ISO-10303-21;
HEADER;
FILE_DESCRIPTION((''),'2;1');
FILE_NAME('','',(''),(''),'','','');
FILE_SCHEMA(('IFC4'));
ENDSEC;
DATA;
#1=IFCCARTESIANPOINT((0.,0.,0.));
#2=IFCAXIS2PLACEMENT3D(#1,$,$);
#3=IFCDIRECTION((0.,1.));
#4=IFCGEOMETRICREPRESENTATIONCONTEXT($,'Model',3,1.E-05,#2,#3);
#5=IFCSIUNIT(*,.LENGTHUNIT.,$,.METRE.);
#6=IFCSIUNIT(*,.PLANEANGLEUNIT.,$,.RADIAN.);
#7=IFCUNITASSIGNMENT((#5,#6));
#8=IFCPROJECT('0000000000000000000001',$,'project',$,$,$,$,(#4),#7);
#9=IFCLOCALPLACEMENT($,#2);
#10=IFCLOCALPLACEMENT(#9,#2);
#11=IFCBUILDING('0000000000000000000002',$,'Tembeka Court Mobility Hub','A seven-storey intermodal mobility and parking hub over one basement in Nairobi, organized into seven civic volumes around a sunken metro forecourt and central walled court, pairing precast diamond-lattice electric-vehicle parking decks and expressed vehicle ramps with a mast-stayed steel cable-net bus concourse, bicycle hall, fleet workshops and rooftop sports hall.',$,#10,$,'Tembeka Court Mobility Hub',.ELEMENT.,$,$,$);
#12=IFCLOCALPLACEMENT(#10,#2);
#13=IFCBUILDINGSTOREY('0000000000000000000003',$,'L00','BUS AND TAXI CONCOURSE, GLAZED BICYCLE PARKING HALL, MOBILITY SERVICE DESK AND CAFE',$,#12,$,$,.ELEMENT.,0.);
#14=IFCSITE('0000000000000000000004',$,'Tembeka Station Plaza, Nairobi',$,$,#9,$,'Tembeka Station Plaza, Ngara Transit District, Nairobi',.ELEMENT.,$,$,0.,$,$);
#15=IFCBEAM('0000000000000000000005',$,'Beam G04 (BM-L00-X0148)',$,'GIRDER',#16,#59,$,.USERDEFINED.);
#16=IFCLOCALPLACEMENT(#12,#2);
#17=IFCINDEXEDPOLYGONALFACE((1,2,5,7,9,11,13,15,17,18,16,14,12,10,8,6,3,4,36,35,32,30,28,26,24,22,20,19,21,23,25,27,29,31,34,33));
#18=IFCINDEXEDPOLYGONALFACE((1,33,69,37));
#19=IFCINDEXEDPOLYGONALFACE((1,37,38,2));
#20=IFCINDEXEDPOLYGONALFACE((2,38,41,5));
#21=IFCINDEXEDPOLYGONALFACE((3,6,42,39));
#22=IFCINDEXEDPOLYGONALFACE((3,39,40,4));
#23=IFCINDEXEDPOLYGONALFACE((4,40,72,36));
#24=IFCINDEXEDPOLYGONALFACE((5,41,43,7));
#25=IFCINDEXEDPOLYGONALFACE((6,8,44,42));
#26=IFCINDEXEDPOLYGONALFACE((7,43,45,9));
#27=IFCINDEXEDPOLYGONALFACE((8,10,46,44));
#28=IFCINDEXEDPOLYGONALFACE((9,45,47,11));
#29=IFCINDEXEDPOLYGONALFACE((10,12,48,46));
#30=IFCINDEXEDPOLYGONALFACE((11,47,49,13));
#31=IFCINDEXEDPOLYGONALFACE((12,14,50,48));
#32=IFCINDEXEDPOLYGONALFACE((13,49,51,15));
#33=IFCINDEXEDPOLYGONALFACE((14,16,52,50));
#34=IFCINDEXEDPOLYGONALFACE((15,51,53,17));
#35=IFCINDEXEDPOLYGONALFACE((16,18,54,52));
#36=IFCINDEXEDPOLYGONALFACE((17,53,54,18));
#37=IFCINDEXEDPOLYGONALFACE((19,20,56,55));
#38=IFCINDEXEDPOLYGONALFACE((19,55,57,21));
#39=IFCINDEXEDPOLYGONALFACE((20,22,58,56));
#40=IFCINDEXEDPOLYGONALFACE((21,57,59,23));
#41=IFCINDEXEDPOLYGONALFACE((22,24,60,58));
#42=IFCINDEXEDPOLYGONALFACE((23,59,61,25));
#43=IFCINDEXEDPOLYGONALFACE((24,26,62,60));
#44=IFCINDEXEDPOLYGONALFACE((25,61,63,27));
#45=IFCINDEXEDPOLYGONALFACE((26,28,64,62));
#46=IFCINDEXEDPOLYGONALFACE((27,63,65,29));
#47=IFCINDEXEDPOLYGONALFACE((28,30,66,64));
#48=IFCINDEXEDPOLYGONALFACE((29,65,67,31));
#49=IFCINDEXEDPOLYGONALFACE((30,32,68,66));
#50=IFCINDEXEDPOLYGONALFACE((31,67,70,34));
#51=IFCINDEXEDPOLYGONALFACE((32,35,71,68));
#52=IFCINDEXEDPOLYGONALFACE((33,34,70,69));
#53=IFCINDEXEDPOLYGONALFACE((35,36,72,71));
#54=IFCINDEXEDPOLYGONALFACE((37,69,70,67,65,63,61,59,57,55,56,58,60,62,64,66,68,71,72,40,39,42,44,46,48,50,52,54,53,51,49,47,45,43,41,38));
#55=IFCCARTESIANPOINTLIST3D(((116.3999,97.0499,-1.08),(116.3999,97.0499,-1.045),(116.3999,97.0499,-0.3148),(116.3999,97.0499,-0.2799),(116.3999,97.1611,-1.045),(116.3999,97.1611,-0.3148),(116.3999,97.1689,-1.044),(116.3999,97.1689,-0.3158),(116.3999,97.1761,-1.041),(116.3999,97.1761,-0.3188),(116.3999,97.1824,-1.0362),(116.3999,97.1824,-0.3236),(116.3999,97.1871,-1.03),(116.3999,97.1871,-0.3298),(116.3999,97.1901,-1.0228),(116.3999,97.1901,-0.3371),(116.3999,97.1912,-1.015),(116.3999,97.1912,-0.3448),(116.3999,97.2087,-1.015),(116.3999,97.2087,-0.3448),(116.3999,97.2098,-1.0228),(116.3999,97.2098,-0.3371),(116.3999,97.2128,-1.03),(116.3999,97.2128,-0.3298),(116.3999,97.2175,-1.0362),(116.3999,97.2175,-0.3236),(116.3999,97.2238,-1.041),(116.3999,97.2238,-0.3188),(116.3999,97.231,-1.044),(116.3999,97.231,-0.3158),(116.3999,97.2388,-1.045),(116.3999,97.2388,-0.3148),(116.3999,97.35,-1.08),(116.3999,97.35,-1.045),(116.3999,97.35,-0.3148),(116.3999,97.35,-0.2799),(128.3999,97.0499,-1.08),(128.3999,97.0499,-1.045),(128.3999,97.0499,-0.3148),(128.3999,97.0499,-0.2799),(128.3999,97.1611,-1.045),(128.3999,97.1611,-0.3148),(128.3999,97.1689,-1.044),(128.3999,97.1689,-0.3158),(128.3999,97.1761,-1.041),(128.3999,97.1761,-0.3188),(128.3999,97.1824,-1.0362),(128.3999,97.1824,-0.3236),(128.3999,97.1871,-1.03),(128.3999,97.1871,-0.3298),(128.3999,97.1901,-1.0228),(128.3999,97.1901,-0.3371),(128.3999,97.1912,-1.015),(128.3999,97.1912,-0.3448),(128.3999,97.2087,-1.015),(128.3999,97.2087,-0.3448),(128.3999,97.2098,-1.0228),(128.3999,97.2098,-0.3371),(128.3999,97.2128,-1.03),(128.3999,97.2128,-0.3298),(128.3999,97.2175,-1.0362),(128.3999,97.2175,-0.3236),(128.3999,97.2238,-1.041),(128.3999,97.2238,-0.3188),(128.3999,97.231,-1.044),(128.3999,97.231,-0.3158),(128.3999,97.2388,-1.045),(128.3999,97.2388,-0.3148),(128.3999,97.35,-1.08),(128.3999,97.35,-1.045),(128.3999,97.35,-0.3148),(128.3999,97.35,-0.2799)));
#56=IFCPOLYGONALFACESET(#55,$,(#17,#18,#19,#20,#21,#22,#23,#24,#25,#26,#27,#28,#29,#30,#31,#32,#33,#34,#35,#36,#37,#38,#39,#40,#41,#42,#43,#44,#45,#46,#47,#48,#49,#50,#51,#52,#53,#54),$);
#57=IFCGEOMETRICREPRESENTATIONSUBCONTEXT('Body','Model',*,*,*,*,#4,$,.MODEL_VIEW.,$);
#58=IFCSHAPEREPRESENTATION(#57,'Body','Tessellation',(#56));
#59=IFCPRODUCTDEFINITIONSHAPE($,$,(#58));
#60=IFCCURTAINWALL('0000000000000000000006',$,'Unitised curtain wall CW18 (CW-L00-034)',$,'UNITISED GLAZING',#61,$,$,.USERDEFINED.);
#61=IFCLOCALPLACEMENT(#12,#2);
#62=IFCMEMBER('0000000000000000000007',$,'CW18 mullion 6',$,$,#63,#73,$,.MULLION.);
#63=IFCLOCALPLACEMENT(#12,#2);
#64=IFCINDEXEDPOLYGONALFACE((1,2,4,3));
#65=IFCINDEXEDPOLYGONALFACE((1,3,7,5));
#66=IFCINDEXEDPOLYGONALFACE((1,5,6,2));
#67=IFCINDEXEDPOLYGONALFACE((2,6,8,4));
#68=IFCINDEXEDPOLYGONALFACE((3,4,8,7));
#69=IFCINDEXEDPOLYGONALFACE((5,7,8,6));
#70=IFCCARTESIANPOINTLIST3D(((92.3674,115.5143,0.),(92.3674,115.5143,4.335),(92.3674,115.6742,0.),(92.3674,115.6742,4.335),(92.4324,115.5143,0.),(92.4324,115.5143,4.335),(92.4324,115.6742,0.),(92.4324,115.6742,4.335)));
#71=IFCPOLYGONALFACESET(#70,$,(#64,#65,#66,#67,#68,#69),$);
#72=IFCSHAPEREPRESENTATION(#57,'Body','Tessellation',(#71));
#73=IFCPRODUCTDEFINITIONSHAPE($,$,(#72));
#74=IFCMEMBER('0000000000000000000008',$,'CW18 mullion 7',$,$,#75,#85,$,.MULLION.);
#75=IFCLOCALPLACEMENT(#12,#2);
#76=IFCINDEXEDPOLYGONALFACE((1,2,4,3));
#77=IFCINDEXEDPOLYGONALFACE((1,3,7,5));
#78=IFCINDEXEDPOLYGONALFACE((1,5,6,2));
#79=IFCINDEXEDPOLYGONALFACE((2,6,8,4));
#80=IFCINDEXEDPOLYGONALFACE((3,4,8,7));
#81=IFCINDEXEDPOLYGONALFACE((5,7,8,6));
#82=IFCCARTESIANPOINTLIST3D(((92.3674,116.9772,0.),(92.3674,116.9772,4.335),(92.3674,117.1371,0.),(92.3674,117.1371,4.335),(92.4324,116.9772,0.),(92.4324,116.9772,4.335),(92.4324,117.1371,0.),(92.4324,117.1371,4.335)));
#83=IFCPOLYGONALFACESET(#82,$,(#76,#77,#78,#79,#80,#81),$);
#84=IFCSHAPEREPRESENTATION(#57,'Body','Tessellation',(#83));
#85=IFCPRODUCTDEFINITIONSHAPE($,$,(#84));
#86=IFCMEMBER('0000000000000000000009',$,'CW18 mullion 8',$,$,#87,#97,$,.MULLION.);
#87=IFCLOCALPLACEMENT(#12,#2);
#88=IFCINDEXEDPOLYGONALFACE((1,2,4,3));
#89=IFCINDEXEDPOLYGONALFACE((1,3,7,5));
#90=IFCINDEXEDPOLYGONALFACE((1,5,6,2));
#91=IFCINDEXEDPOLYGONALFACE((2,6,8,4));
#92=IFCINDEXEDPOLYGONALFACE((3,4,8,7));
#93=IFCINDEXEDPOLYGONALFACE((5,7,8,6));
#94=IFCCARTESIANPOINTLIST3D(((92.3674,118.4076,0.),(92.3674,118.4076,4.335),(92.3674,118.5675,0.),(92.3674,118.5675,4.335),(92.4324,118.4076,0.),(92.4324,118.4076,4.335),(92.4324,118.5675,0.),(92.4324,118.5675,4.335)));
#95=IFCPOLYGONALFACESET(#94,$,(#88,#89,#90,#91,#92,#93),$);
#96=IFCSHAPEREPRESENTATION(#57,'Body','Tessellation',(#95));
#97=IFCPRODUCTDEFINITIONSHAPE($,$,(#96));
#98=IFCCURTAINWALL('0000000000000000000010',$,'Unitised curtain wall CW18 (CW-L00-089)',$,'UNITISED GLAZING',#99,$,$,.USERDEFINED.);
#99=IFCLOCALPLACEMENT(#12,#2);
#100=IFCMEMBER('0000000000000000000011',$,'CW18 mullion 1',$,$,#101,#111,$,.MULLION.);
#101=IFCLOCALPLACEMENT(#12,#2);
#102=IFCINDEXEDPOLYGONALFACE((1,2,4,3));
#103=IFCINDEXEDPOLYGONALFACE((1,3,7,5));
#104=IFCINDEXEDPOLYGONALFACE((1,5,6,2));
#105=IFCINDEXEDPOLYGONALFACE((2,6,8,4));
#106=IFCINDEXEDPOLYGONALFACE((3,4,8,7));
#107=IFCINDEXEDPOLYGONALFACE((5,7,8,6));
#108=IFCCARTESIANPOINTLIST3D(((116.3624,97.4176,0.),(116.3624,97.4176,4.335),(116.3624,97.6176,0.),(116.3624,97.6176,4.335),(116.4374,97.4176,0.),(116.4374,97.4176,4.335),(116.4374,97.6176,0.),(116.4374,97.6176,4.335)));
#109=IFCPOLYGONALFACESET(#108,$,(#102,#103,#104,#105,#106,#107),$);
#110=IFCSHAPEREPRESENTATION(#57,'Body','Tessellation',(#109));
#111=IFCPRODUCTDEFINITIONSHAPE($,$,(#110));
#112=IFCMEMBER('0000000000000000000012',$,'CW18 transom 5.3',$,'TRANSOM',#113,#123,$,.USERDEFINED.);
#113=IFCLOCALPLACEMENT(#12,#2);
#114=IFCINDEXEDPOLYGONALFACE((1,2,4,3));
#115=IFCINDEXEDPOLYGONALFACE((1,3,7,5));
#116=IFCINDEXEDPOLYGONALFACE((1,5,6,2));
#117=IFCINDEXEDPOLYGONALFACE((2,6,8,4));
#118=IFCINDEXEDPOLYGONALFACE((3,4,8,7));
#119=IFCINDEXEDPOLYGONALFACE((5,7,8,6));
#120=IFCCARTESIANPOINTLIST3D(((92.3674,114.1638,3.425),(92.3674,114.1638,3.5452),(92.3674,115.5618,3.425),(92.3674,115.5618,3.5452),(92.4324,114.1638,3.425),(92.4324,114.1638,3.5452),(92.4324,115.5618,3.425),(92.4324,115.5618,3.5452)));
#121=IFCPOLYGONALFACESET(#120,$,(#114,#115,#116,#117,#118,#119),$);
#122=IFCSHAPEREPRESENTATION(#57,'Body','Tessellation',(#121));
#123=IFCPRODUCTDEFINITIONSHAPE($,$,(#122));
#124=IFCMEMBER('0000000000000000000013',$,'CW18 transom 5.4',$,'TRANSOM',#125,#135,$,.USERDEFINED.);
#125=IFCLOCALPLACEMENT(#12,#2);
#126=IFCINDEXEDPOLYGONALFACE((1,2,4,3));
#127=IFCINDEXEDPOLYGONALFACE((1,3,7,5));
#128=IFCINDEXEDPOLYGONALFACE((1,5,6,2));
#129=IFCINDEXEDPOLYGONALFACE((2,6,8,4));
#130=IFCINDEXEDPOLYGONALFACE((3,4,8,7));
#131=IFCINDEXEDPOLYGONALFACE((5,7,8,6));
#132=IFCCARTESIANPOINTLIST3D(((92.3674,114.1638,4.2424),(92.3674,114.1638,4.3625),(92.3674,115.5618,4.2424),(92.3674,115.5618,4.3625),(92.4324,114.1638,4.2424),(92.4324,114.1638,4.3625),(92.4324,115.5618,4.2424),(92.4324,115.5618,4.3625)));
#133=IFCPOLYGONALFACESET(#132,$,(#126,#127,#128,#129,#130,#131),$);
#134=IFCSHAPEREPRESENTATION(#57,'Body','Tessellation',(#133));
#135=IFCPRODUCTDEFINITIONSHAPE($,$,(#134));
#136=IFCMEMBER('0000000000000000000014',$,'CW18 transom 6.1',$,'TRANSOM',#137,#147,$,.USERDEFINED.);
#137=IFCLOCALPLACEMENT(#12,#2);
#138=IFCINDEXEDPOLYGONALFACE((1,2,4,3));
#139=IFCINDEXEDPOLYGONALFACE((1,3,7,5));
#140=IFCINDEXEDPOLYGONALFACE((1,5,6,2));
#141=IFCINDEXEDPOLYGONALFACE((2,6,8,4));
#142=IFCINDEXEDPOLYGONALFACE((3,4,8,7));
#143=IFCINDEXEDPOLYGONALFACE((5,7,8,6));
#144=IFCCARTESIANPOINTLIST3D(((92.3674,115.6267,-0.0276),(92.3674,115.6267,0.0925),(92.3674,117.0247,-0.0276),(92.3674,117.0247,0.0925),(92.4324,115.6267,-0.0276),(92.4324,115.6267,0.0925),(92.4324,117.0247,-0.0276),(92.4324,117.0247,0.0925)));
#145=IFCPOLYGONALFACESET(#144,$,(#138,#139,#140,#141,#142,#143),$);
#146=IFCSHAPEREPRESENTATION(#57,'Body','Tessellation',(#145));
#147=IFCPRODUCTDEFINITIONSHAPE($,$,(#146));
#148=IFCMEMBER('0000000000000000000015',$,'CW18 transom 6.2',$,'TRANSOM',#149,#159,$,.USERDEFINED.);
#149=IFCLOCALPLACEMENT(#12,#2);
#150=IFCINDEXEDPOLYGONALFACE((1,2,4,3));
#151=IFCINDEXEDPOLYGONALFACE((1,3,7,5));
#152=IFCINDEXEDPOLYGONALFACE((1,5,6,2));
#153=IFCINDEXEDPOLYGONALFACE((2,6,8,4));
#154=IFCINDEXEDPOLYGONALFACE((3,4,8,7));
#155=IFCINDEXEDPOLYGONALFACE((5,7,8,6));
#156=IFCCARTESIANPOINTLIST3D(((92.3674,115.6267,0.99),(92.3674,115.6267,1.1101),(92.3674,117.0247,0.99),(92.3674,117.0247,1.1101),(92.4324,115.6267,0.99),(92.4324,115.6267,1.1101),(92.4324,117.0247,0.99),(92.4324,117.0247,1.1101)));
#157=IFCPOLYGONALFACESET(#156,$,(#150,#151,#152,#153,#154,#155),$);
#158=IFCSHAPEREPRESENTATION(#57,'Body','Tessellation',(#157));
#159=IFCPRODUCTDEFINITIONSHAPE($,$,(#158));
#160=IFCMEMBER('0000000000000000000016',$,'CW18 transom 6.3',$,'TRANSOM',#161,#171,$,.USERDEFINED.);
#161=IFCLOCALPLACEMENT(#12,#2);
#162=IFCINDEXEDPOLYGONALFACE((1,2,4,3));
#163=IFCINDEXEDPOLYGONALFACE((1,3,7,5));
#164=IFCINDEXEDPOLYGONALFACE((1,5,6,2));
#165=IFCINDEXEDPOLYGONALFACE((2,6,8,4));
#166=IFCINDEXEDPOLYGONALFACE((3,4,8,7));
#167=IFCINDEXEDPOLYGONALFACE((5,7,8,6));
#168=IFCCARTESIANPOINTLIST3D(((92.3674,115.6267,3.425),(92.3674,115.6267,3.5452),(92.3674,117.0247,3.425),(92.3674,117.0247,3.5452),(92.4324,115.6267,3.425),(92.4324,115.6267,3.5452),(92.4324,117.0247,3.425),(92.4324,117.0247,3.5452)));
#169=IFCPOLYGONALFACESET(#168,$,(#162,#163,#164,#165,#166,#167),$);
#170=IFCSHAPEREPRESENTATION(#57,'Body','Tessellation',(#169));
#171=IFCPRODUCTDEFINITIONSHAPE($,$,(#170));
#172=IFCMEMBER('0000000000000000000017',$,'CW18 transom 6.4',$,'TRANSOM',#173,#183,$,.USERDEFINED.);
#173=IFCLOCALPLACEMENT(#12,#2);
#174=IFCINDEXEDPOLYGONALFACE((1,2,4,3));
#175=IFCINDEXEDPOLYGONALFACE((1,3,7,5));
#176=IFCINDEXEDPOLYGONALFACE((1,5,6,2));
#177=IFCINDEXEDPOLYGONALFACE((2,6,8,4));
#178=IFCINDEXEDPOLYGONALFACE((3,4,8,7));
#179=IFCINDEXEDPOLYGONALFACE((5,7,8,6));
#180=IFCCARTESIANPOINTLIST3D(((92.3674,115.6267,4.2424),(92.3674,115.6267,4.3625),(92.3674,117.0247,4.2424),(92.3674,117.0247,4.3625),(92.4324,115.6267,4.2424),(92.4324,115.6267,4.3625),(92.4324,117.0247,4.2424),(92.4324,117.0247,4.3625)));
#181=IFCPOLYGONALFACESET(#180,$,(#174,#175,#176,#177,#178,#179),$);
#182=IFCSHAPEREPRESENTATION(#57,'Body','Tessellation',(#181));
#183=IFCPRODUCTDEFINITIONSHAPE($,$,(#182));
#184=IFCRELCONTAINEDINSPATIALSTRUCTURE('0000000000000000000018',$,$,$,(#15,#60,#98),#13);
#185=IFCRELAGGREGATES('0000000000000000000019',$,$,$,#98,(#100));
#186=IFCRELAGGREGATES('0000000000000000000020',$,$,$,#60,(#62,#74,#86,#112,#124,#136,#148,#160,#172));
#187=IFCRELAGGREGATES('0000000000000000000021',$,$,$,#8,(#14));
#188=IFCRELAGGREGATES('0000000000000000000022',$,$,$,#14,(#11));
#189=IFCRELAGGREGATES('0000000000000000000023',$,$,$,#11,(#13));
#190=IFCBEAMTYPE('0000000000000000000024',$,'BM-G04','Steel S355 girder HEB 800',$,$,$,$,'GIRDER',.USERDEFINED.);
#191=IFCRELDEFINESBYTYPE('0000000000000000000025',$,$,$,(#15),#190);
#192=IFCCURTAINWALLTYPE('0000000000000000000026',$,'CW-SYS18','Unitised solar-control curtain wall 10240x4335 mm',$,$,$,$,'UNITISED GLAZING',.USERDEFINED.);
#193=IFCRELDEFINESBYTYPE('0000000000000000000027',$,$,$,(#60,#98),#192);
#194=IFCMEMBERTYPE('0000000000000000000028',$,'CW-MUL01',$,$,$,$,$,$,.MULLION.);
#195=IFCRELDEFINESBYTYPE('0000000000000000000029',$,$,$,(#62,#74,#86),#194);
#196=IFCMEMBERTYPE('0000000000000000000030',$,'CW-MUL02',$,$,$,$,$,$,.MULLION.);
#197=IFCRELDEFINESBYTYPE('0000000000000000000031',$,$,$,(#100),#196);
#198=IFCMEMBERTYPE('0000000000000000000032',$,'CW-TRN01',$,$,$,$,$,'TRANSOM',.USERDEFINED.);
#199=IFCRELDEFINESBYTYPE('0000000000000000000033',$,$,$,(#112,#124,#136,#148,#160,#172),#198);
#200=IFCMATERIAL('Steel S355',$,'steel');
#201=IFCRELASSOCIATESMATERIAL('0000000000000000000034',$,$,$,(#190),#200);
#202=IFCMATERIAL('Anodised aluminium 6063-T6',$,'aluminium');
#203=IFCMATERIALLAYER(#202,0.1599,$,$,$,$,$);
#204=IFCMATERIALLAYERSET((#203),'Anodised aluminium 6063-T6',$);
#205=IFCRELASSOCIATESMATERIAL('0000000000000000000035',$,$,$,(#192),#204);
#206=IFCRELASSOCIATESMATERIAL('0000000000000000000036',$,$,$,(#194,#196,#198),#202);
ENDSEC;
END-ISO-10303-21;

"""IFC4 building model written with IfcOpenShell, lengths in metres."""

from ifc_helpers import new_model, si_unit, direction, frame, origin, origin_2d, place, context, subcontext, project, spatial, rectangle, i_section, extrude, material, layer, layer_set, material_profile, profile_set, type_object, element, aggregate, save


model = new_model("IFC4")

# Units and contexts
model_context = context("Model", 3, precision=1e-05, world=origin(), true_north=direction((0.0, 1.0)))
body_context = subcontext(model_context, "Body", "Model", "MODEL_VIEW")
ifc_project = project(units=[si_unit("LENGTHUNIT", "METRE"), si_unit("PLANEANGLEUNIT", "RADIAN")], contexts=[model_context])

# Site, building, storey
site_placement = place(None, origin())
site = spatial("IfcSite", under=ifc_project, at=site_placement, Name="Tembeka Station Plaza, Nairobi", LongName="Tembeka Station Plaza, Ngara Transit District, Nairobi", CompositionType="ELEMENT", RefElevation=0.0)
building_placement = place(site_placement, origin())
building = spatial("IfcBuilding", under=site, at=building_placement, Name="Tembeka Court Mobility Hub", Description="A seven-storey intermodal mobility and parking hub over one basement in Nairobi, organized into seven civic volumes around a sunken metro forecourt and central walled court, pairing precast diamond-lattice electric-vehicle parking decks and expressed vehicle ramps with a mast-stayed steel cable-net bus concourse, bicycle hall, fleet workshops and rooftop sports hall.", LongName="Tembeka Court Mobility Hub", CompositionType="ELEMENT")
storey_placement = place(building_placement, origin())
storey = spatial("IfcBuildingStorey", under=building, at=storey_placement, Name="L00", Description="BUS AND TAXI CONCOURSE, GLAZED BICYCLE PARKING HALL, MOBILITY SERVICE DESK AND CAFE", CompositionType="ELEMENT", Elevation=0.0)

# Shared definitions
ifc_material_1 = material(Name="Steel S355", Category="steel")

# Beam
ifc_material_profile_1 = material_profile(ifc_material_1, i_section(OverallWidth=0.3, OverallDepth=0.8, WebThickness=0.0176, FlangeThickness=0.0349, FilletRadius=0.03, at=origin_2d()), Name="HEB 800")
ifc_profile_set_1 = profile_set([ifc_material_profile_1], Name="Steel S355")
beam_type_1 = type_object("IfcBeamType", Name="BM-G04", Description="Steel S355 girder HEB 800", ElementType="GIRDER", PredefinedType="USERDEFINED", material=ifc_profile_set_1)
beam_1_placement = place(storey_placement, frame((116.3999, 97.2, -0.6799), z_axis=(1.0, 0.0, 0.0), x_axis=(0.0, 1.0, 0.0)))
element("IfcBeam", 1, at=beam_1_placement, inside=storey, type_object=beam_type_1, Name="Beam G04 (BM-L00-X0148)", ObjectType="GIRDER", PredefinedType="USERDEFINED", context=body_context, shape_type="SweptSolid", body=[
    extrude(i_section(OverallWidth=0.3, OverallDepth=0.8, WebThickness=0.0176, FlangeThickness=0.0349, FilletRadius=0.03, at=origin_2d()), origin(), (0.0, 0.0, 1.0), 12.0),
])

# Curtain wall, members
ifc_material_2 = material(Name="Anodised aluminium 6063-T6", Category="aluminium")
ifc_layer_1 = layer(ifc_material_2, 0.1599)
ifc_layer_set_1 = layer_set([ifc_layer_1], Name="Anodised aluminium 6063-T6")
curtain_wall_type = type_object("IfcCurtainWallType", Name="CW-SYS18", Description="Unitised solar-control curtain wall 10240x4335 mm", ElementType="UNITISED GLAZING", PredefinedType="USERDEFINED", material=ifc_layer_set_1)
curtain_wall_1_placement = place(storey_placement, origin())
curtain_wall_1 = element("IfcCurtainWall", 2, at=curtain_wall_1_placement, inside=storey, type_object=curtain_wall_type, Name="Unitised curtain wall CW18 (CW-L00-034)", ObjectType="UNITISED GLAZING", PredefinedType="USERDEFINED")
ifc_material_profile_2 = material_profile(ifc_material_2, rectangle(XDim=0.0649, YDim=0.1599, at=origin_2d()), Name="ALU-MUL 65x160")
ifc_profile_set_2 = profile_set([ifc_material_profile_2], Name="Anodised aluminium 6063-T6")
member_type_1 = type_object("IfcMemberType", Name="CW-MUL01", PredefinedType="MULLION", material=ifc_profile_set_2)
member_1_placement = place(storey_placement, frame((92.3999, 115.5942, 0.0), z_axis=(0.0, 0.0, 1.0), x_axis=(-1.0, 0.0, 0.0)))
member_1 = element("IfcMember", 3, at=member_1_placement, type_object=member_type_1, Name="CW18 mullion 6", PredefinedType="MULLION", context=body_context, shape_type="SweptSolid", body=[
    extrude(rectangle(XDim=0.0649, YDim=0.1599, at=origin_2d()), origin(), (0.0, 0.0, 1.0), 4.335),
])
member_2_placement = place(storey_placement, frame((92.3999, 117.0571, 0.0), z_axis=(0.0, 0.0, 1.0), x_axis=(-1.0, 0.0, 0.0)))
member_2 = element("IfcMember", 4, at=member_2_placement, type_object=member_type_1, Name="CW18 mullion 7", PredefinedType="MULLION", context=body_context, shape_type="SweptSolid", body=[
    extrude(rectangle(XDim=0.0649, YDim=0.1599, at=origin_2d()), origin(), (0.0, 0.0, 1.0), 4.335),
])
member_3_placement = place(storey_placement, frame((92.3999, 118.4875, 0.0), z_axis=(0.0, 0.0, 1.0), x_axis=(-1.0, 0.0, 0.0)))
member_3 = element("IfcMember", 5, at=member_3_placement, type_object=member_type_1, Name="CW18 mullion 8", PredefinedType="MULLION", context=body_context, shape_type="SweptSolid", body=[
    extrude(rectangle(XDim=0.0649, YDim=0.1599, at=origin_2d()), origin(), (0.0, 0.0, 1.0), 4.335),
])

# Curtain wall, member
curtain_wall_2_placement = place(storey_placement, origin())
curtain_wall_2 = element("IfcCurtainWall", 6, at=curtain_wall_2_placement, inside=storey, type_object=curtain_wall_type, Name="Unitised curtain wall CW18 (CW-L00-089)", ObjectType="UNITISED GLAZING", PredefinedType="USERDEFINED")
ifc_material_profile_3 = material_profile(ifc_material_2, rectangle(XDim=0.075, YDim=0.2, at=origin_2d()), Name="ALU-MUL 75x200")
ifc_profile_set_3 = profile_set([ifc_material_profile_3], Name="Anodised aluminium 6063-T6")
member_type_2 = type_object("IfcMemberType", Name="CW-MUL02", PredefinedType="MULLION", material=ifc_profile_set_3)
member_4_placement = place(storey_placement, frame((116.3999, 97.5176, 0.0), z_axis=(0.0, 0.0, 1.0), x_axis=(-1.0, 0.0, 0.0)))
member_4 = element("IfcMember", 7, at=member_4_placement, type_object=member_type_2, Name="CW18 mullion 1", PredefinedType="MULLION", context=body_context, shape_type="SweptSolid", body=[
    extrude(rectangle(XDim=0.075, YDim=0.2, at=origin_2d()), origin(), (0.0, 0.0, 1.0), 4.335),
])

# Members
ifc_material_profile_4 = material_profile(ifc_material_2, rectangle(XDim=0.0649, YDim=0.1201, at=origin_2d()), Name="ALU-TRN 65x120")
ifc_profile_set_4 = profile_set([ifc_material_profile_4], Name="Anodised aluminium 6063-T6")
member_type_3 = type_object("IfcMemberType", Name="CW-TRN01", ElementType="TRANSOM", PredefinedType="USERDEFINED", material=ifc_profile_set_4)
member_5_placement = place(storey_placement, frame((92.3999, 114.1638, 3.4851), z_axis=(0.0, 1.0, 0.0), x_axis=(-1.0, 0.0, 0.0)))
member_5 = element("IfcMember", 8, at=member_5_placement, type_object=member_type_3, Name="CW18 transom 5.3", ObjectType="TRANSOM", PredefinedType="USERDEFINED", context=body_context, shape_type="SweptSolid", body=[
    extrude(rectangle(XDim=0.0649, YDim=0.1201, at=origin_2d()), origin(), (0.0, 0.0, 1.0), 1.3979),
])
member_6_placement = place(storey_placement, frame((92.3999, 114.1638, 4.3025), z_axis=(0.0, 1.0, 0.0), x_axis=(-1.0, 0.0, 0.0)))
member_6 = element("IfcMember", 9, at=member_6_placement, type_object=member_type_3, Name="CW18 transom 5.4", ObjectType="TRANSOM", PredefinedType="USERDEFINED", context=body_context, shape_type="SweptSolid", body=[
    extrude(rectangle(XDim=0.0649, YDim=0.1201, at=origin_2d()), origin(), (0.0, 0.0, 1.0), 1.3979),
])
member_7_placement = place(storey_placement, frame((92.3999, 115.6267, 0.0325), z_axis=(0.0, 1.0, 0.0), x_axis=(-1.0, 0.0, 0.0)))
member_7 = element("IfcMember", 10, at=member_7_placement, type_object=member_type_3, Name="CW18 transom 6.1", ObjectType="TRANSOM", PredefinedType="USERDEFINED", context=body_context, shape_type="SweptSolid", body=[
    extrude(rectangle(XDim=0.0649, YDim=0.1201, at=origin_2d()), origin(), (0.0, 0.0, 1.0), 1.3979),
])
member_8_placement = place(storey_placement, frame((92.3999, 115.6267, 1.05), z_axis=(0.0, 1.0, 0.0), x_axis=(-1.0, 0.0, 0.0)))
member_8 = element("IfcMember", 11, at=member_8_placement, type_object=member_type_3, Name="CW18 transom 6.2", ObjectType="TRANSOM", PredefinedType="USERDEFINED", context=body_context, shape_type="SweptSolid", body=[
    extrude(rectangle(XDim=0.0649, YDim=0.1201, at=origin_2d()), origin(), (0.0, 0.0, 1.0), 1.3979),
])
member_9_placement = place(storey_placement, frame((92.3999, 115.6267, 3.4851), z_axis=(0.0, 1.0, 0.0), x_axis=(-1.0, 0.0, 0.0)))
member_9 = element("IfcMember", 12, at=member_9_placement, type_object=member_type_3, Name="CW18 transom 6.3", ObjectType="TRANSOM", PredefinedType="USERDEFINED", context=body_context, shape_type="SweptSolid", body=[
    extrude(rectangle(XDim=0.0649, YDim=0.1201, at=origin_2d()), origin(), (0.0, 0.0, 1.0), 1.3979),
])
member_10_placement = place(storey_placement, frame((92.3999, 115.6267, 4.3025), z_axis=(0.0, 1.0, 0.0), x_axis=(-1.0, 0.0, 0.0)))
member_10 = element("IfcMember", 13, at=member_10_placement, type_object=member_type_3, Name="CW18 transom 6.4", ObjectType="TRANSOM", PredefinedType="USERDEFINED", context=body_context, shape_type="SweptSolid", body=[
    extrude(rectangle(XDim=0.0649, YDim=0.1201, at=origin_2d()), origin(), (0.0, 0.0, 1.0), 1.3979),
])
aggregate(curtain_wall_2, [member_4])

aggregate(curtain_wall_1, [member_1, member_2, member_3, member_5, member_6, member_7, member_8, member_9, member_10])

save(model, "model.ifc")
